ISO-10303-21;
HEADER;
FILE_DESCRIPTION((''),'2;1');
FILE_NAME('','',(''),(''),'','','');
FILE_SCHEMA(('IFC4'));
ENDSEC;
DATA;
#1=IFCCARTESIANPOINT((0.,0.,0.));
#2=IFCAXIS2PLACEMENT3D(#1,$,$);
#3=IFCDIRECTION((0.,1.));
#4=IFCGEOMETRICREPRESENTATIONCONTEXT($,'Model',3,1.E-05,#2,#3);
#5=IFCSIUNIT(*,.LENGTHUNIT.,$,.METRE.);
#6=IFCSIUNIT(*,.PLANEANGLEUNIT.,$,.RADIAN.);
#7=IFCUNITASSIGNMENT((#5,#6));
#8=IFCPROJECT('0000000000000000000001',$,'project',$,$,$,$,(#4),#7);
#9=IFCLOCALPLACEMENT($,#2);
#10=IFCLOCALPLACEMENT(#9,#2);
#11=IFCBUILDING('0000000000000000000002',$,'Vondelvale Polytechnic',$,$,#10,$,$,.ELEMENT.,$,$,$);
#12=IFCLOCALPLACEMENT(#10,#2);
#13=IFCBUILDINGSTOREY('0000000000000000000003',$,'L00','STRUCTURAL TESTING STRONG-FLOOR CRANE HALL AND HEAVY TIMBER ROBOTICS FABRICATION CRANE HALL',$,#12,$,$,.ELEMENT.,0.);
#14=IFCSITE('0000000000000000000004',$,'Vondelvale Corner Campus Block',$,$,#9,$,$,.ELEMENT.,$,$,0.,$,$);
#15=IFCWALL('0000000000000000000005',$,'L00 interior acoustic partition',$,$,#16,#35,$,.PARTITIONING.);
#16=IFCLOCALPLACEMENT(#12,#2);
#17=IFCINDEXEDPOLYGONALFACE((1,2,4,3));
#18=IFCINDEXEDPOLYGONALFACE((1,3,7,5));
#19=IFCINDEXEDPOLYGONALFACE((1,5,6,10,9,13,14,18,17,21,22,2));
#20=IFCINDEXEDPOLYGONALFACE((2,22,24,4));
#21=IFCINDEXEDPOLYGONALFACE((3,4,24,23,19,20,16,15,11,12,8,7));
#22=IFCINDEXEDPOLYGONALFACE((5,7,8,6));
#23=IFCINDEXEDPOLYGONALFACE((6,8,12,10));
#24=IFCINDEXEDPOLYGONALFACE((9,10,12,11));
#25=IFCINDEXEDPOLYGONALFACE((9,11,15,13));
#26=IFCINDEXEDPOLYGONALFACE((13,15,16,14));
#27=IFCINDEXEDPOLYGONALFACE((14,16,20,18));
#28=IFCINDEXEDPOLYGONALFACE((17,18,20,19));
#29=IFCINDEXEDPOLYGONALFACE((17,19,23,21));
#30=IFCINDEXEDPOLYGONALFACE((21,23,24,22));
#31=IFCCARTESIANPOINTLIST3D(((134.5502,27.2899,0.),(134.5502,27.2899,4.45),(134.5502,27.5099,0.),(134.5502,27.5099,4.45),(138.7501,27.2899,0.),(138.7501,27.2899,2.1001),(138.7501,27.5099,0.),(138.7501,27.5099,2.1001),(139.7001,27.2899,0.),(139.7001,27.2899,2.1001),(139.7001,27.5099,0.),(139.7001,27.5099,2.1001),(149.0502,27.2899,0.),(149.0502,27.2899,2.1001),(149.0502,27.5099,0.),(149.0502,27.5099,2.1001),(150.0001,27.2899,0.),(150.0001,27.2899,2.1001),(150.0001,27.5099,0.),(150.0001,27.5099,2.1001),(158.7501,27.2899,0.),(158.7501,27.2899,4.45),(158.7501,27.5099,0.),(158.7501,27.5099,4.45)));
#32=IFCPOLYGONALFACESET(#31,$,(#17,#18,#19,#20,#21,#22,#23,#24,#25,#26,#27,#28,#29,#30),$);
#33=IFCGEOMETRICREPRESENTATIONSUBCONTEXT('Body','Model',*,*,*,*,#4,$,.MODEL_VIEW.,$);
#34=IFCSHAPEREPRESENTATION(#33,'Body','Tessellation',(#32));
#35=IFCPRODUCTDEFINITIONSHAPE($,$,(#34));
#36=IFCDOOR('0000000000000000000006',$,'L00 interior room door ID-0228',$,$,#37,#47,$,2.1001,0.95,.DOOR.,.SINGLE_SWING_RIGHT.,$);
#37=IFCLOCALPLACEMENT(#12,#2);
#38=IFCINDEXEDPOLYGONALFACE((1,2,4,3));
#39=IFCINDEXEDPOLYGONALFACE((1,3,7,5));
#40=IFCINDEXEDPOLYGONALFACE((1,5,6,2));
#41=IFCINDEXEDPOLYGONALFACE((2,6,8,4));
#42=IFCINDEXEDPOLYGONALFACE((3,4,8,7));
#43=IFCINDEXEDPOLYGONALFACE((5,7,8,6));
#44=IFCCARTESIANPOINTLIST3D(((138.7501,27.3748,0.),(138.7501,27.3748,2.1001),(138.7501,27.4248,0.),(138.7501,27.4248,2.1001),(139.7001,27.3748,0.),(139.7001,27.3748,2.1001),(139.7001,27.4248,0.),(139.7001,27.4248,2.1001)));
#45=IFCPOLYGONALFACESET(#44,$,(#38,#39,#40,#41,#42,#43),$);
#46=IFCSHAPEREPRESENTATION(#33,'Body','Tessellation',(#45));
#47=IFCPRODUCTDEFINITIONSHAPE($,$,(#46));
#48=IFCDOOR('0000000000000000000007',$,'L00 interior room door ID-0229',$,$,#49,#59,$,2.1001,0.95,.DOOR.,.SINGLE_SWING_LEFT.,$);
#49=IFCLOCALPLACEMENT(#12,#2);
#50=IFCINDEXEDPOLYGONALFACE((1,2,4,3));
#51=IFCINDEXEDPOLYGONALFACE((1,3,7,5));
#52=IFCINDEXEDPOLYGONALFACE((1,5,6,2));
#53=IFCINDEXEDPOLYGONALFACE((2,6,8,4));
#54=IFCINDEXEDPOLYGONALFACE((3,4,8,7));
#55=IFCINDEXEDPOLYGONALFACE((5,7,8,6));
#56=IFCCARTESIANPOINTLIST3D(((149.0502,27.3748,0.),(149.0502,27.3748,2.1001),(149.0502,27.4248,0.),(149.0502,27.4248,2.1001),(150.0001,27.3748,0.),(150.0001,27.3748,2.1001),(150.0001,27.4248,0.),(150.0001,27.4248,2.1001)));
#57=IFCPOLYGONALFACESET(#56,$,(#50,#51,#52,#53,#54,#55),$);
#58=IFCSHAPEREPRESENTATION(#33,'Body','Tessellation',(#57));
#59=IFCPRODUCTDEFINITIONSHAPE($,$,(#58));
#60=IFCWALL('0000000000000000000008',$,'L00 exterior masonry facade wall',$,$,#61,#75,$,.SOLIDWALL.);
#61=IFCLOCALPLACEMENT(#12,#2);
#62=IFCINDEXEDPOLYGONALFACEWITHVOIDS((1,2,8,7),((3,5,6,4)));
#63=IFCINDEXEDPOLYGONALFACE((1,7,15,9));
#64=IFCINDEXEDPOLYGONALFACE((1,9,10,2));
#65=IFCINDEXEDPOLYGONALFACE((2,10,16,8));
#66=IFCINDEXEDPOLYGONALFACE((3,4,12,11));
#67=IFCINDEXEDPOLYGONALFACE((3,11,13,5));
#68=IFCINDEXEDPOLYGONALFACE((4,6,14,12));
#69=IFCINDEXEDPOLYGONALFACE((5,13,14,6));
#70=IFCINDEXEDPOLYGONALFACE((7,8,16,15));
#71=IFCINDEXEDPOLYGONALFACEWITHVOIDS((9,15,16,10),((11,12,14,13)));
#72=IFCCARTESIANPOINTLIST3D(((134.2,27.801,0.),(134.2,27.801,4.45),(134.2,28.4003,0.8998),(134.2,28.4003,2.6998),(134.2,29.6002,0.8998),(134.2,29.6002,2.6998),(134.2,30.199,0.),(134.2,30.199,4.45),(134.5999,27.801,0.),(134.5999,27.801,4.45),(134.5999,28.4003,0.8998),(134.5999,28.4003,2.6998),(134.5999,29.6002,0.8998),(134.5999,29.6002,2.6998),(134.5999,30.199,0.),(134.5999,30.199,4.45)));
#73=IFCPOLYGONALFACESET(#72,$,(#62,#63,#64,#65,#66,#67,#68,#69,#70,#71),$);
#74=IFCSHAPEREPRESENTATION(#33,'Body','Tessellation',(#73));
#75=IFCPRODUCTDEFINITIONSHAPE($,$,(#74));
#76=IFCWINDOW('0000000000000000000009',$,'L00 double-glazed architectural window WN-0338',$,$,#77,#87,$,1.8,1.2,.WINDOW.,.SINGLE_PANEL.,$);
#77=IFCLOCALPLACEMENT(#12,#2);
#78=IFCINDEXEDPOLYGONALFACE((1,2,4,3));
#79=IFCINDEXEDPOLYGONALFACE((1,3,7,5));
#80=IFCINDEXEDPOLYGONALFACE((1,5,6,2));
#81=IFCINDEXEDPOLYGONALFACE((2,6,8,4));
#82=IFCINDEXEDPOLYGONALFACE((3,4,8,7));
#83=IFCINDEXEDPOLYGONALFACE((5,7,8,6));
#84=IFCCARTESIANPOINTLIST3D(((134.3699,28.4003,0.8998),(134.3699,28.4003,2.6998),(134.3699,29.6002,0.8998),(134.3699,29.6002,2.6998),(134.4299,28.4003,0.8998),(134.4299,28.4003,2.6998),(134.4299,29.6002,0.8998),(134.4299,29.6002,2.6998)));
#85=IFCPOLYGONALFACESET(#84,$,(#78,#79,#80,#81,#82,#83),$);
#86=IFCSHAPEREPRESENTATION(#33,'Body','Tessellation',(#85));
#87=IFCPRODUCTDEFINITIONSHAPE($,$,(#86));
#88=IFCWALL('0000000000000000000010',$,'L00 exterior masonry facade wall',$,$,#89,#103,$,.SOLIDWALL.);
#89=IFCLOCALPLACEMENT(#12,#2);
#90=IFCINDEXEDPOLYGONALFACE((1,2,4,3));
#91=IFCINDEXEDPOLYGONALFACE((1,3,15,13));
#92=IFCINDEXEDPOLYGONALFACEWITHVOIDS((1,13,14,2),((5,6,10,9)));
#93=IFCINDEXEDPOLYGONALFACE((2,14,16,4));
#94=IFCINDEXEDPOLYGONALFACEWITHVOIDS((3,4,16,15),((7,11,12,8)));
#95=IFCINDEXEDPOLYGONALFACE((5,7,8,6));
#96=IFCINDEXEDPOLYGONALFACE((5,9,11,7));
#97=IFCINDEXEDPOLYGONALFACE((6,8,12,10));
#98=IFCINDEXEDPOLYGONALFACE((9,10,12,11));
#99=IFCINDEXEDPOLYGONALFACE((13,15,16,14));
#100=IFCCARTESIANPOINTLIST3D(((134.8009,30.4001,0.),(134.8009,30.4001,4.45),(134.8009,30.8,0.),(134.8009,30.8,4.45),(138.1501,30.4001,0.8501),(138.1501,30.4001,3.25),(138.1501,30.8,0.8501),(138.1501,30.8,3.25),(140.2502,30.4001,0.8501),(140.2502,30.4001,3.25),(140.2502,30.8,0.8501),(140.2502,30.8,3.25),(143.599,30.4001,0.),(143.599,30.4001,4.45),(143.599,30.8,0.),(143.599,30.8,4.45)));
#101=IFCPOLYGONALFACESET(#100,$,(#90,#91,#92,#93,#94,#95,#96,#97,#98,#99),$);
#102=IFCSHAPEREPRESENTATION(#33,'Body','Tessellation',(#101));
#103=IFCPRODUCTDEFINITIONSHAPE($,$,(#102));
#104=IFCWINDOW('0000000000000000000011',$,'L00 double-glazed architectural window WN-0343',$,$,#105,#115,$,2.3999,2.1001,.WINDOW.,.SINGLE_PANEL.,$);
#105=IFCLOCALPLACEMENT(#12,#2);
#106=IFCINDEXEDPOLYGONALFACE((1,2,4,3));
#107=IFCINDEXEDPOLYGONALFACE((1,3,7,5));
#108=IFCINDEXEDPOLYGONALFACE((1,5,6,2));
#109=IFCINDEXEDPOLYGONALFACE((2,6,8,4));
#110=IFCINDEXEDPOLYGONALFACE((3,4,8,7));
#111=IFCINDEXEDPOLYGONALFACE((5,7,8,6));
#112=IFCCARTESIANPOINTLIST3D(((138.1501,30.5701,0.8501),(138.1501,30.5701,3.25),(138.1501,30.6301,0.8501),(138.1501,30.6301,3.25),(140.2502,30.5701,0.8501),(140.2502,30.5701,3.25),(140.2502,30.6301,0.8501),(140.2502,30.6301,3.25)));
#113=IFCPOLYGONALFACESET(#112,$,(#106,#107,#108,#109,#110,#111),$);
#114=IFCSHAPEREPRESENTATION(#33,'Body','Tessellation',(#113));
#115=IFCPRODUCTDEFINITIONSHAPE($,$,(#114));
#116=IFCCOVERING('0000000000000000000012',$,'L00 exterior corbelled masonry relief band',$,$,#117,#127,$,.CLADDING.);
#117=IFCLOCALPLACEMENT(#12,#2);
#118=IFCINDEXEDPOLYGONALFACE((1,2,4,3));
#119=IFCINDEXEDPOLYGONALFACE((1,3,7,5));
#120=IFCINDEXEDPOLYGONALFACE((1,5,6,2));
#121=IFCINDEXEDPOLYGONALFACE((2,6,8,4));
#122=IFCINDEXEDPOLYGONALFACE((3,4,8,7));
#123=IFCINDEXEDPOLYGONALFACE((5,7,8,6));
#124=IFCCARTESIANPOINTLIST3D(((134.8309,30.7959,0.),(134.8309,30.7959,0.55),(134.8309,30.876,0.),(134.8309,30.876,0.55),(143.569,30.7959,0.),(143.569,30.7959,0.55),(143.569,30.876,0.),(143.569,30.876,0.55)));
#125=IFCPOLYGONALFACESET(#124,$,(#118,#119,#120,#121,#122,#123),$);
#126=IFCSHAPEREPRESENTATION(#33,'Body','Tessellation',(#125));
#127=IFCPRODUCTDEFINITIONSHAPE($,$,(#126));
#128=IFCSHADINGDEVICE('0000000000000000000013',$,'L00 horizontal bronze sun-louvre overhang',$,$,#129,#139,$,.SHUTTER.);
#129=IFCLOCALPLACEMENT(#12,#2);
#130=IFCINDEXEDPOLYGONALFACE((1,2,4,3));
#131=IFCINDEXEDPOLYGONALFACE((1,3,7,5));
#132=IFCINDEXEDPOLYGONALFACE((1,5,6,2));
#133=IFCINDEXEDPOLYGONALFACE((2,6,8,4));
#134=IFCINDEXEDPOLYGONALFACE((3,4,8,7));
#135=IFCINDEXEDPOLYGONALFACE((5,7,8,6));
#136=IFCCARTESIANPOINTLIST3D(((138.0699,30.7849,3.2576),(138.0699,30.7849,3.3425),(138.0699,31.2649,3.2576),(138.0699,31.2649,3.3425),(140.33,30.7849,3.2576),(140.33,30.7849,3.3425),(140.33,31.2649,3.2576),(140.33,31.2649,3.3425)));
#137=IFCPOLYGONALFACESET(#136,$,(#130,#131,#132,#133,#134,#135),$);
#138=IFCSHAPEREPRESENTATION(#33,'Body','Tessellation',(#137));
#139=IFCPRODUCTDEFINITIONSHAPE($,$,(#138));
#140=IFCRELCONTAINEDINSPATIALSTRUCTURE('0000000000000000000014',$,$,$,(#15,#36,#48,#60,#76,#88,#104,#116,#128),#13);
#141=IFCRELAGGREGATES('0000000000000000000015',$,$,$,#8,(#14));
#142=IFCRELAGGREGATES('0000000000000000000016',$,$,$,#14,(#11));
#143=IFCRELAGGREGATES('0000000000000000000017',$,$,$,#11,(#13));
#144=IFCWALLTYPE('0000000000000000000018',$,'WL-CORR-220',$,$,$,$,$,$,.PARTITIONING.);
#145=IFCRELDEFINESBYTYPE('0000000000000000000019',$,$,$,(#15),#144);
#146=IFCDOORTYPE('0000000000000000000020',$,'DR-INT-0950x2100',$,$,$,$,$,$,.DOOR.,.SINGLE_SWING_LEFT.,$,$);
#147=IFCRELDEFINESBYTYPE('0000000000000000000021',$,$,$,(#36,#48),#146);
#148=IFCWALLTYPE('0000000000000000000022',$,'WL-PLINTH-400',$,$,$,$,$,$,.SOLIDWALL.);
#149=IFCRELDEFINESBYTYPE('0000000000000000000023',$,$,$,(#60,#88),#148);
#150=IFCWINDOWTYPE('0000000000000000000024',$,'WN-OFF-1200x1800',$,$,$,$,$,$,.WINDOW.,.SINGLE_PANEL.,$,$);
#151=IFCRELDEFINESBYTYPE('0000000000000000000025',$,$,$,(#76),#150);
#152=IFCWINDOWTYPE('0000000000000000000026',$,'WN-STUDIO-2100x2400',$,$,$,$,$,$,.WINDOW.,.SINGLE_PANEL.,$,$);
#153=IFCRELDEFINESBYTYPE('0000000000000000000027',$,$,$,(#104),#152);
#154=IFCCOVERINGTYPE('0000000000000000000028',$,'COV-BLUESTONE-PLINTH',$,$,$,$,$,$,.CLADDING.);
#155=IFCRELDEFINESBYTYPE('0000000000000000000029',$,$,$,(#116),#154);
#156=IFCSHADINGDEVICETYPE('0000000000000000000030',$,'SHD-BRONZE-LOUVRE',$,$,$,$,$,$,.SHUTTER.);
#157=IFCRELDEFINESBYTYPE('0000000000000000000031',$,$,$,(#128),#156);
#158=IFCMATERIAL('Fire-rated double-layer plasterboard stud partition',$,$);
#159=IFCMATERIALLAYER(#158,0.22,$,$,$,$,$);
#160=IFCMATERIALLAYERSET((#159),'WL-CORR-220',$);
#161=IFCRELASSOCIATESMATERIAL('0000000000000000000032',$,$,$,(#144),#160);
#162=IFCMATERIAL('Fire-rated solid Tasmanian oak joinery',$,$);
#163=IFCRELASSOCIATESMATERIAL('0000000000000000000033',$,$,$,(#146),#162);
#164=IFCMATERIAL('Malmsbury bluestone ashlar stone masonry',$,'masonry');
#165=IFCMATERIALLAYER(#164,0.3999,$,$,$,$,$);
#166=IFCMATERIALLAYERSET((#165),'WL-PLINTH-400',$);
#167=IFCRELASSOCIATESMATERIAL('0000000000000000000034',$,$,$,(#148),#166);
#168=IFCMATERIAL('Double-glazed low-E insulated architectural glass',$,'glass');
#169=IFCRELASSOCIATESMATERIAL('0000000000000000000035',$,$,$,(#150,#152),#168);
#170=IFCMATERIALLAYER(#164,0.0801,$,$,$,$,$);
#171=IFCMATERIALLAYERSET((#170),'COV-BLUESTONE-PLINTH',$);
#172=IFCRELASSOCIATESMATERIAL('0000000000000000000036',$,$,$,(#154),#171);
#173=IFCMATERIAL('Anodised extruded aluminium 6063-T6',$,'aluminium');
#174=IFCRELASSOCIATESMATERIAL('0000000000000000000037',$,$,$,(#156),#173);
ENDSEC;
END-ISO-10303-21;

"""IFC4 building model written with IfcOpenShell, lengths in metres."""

from ifc_helpers import new_model, si_unit, direction, frame, frame_2d, origin, origin_2d, place, context, subcontext, project, spatial, rectangle, extrude, material, layer, layer_set, type_object, element, fill, save


model = new_model("IFC4")

# Units and contexts
model_context = context("Model", 3, precision=1e-05, world=origin(), true_north=direction((0.0, 1.0)))
body_context = subcontext(model_context, "Body", "Model", "MODEL_VIEW")
ifc_project = project(units=[si_unit("LENGTHUNIT", "METRE"), si_unit("PLANEANGLEUNIT", "RADIAN")], contexts=[model_context])

# Site, building, storey
site_placement = place(None, origin())
site = spatial("IfcSite", under=ifc_project, at=site_placement, Name="Vondelvale Corner Campus Block", CompositionType="ELEMENT", RefElevation=0.0)
building_placement = place(site_placement, origin())
building = spatial("IfcBuilding", under=site, at=building_placement, Name="Vondelvale Polytechnic", CompositionType="ELEMENT")
storey_placement = place(building_placement, origin())
storey = spatial("IfcBuildingStorey", under=building, at=storey_placement, Name="L00", Description="STRUCTURAL TESTING STRONG-FLOOR CRANE HALL AND HEAVY TIMBER ROBOTICS FABRICATION CRANE HALL", CompositionType="ELEMENT", Elevation=0.0)

# Shared definitions
ifc_material_1 = material(Name="Anodised extruded aluminium 6063-T6", Category="aluminium")

# Wall, openings, doors
ifc_material_2 = material(Name="Fire-rated double-layer plasterboard stud partition")
ifc_layer_1 = layer(ifc_material_2, 0.22)
ifc_layer_set_1 = layer_set([ifc_layer_1], Name="WL-CORR-220")
wall_type_1 = type_object("IfcWallType", Name="WL-CORR-220", PredefinedType="PARTITIONING", material=ifc_layer_set_1)
wall_1_placement = place(storey_placement, frame((134.55, 27.3999, 0.0), z_axis=(0.0, 0.0, 1.0), x_axis=(1.0, 0.0, 0.0)))
wall_1 = element("IfcWall", 1, at=wall_1_placement, inside=storey, type_object=wall_type_1, Name="L00 interior acoustic partition", PredefinedType="PARTITIONING", context=body_context, shape_type="SweptSolid", body=[
    extrude(rectangle(XDim=24.2, YDim=0.22, at=frame_2d((12.1001, 0.0))), origin(), (0.0, 0.0, 1.0), 4.45),
])
opening_1_placement = place(wall_1_placement, frame((4.2, 0.0, 0.0)))
opening_1 = element("IfcOpeningElement", 2, at=opening_1_placement, cuts=wall_1, PredefinedType="OPENING", context=body_context, shape_type="SweptSolid", body=[
    extrude(rectangle(XDim=0.95, YDim=2.1001, at=frame_2d((0.4751, 1.05))), frame((0.0, 0.1199, 0.0), z_axis=(0.0, -1.0, 0.0), x_axis=(1.0, 0.0, 0.0)), (0.0, 0.0, 1.0), 0.24),
])
opening_2_placement = place(wall_1_placement, frame((14.5, 0.0, 0.0)))
opening_2 = element("IfcOpeningElement", 3, at=opening_2_placement, cuts=wall_1, PredefinedType="OPENING", context=body_context, shape_type="SweptSolid", body=[
    extrude(rectangle(XDim=0.95, YDim=2.1001, at=frame_2d((0.4751, 1.05))), frame((0.0, 0.1199, 0.0), z_axis=(0.0, -1.0, 0.0), x_axis=(1.0, 0.0, 0.0)), (0.0, 0.0, 1.0), 0.24),
])
ifc_material_3 = material(Name="Fire-rated solid Tasmanian oak joinery")
door_type = type_object("IfcDoorType", Name="DR-INT-0950x2100", OperationType="SINGLE_SWING_LEFT", PredefinedType="DOOR", material=ifc_material_3)
door_1_placement = place(opening_1_placement, origin())
door_1 = element("IfcDoor", 4, at=door_1_placement, inside=storey, type_object=door_type, Name="L00 interior room door ID-0228", OperationType="SINGLE_SWING_RIGHT", OverallHeight=2.1001, OverallWidth=0.95, PredefinedType="DOOR", context=body_context, shape_type="SweptSolid", body=[
    extrude(rectangle(XDim=0.95, YDim=2.1001, at=frame_2d((0.4751, 1.05))), frame((0.0, 0.0249, 0.0), z_axis=(0.0, -1.0, 0.0), x_axis=(1.0, 0.0, 0.0)), (0.0, 0.0, 1.0), 0.05),
])
fill(opening_1, door_1)
door_2_placement = place(opening_2_placement, origin())
door_2 = element("IfcDoor", 5, at=door_2_placement, inside=storey, type_object=door_type, Name="L00 interior room door ID-0229", OperationType="SINGLE_SWING_LEFT", OverallHeight=2.1001, OverallWidth=0.95, PredefinedType="DOOR", context=body_context, shape_type="SweptSolid", body=[
    extrude(rectangle(XDim=0.95, YDim=2.1001, at=frame_2d((0.4751, 1.05))), frame((0.0, 0.0249, 0.0), z_axis=(0.0, -1.0, 0.0), x_axis=(1.0, 0.0, 0.0)), (0.0, 0.0, 1.0), 0.05),
])
fill(opening_2, door_2)

# Walls, openings, windows
ifc_material_4 = material(Name="Malmsbury bluestone ashlar stone masonry", Category="masonry")
ifc_layer_2 = layer(ifc_material_4, 0.3999)
ifc_layer_set_2 = layer_set([ifc_layer_2], Name="WL-PLINTH-400")
wall_type_2 = type_object("IfcWallType", Name="WL-PLINTH-400", PredefinedType="SOLIDWALL", material=ifc_layer_set_2)
wall_2_placement = place(storey_placement, frame((134.3999, 27.801, 0.0), z_axis=(0.0, 0.0, 1.0), x_axis=(0.0, 1.0, 0.0)))
wall_2 = element("IfcWall", 6, at=wall_2_placement, inside=storey, type_object=wall_type_2, Name="L00 exterior masonry facade wall", PredefinedType="SOLIDWALL", context=body_context, shape_type="SweptSolid", body=[
    extrude(rectangle(XDim=2.3979, YDim=0.3999, at=frame_2d((1.199, 0.0))), origin(), (0.0, 0.0, 1.0), 4.45),
])
opening_3_placement = place(wall_2_placement, frame((0.5991, 0.0, 0.8999)))
opening_3 = element("IfcOpeningElement", 7, at=opening_3_placement, cuts=wall_2, PredefinedType="OPENING", context=body_context, shape_type="SweptSolid", body=[
    extrude(rectangle(XDim=1.2, YDim=1.8, at=frame_2d((0.6001, 0.8999))), frame((0.0, 0.21, 0.0), z_axis=(0.0, -1.0, 0.0), x_axis=(1.0, 0.0, 0.0)), (0.0, 0.0, 1.0), 0.4199),
])
ifc_material_5 = material(Name="Double-glazed low-E insulated architectural glass", Category="glass")
window_type_1 = type_object("IfcWindowType", Name="WN-OFF-1200x1800", PartitioningType="SINGLE_PANEL", PredefinedType="WINDOW", material=ifc_material_5)
window_1_placement = place(opening_3_placement, origin())
window_1 = element("IfcWindow", 8, at=window_1_placement, inside=storey, type_object=window_type_1, Name="L00 double-glazed architectural window WN-0338", OverallHeight=1.8, OverallWidth=1.2, PartitioningType="SINGLE_PANEL", PredefinedType="WINDOW", context=body_context, shape_type="SweptSolid", body=[
    extrude(rectangle(XDim=1.2, YDim=1.8, at=frame_2d((0.6001, 0.8999))), frame((0.0, 0.03, 0.0), z_axis=(0.0, -1.0, 0.0), x_axis=(1.0, 0.0, 0.0)), (0.0, 0.0, 1.0), 0.0601),
])
fill(opening_3, window_1)
wall_3_placement = place(storey_placement, frame((134.801, 30.6001, 0.0), z_axis=(0.0, 0.0, 1.0), x_axis=(1.0, 0.0, 0.0)))
wall_3 = element("IfcWall", 9, at=wall_3_placement, inside=storey, type_object=wall_type_2, Name="L00 exterior masonry facade wall", PredefinedType="SOLIDWALL", context=body_context, shape_type="SweptSolid", body=[
    extrude(rectangle(XDim=8.7981, YDim=0.3999, at=frame_2d((4.3989, 0.0))), origin(), (0.0, 0.0, 1.0), 4.45),
])
opening_4_placement = place(wall_3_placement, frame((3.3491, 0.0, 0.8501)))
opening_4 = element("IfcOpeningElement", 10, at=opening_4_placement, cuts=wall_3, PredefinedType="OPENING", context=body_context, shape_type="SweptSolid", body=[
    extrude(rectangle(XDim=2.1001, YDim=2.3999, at=frame_2d((1.05, 1.2))), frame((0.0, 0.21, 0.0), z_axis=(0.0, -1.0, 0.0), x_axis=(1.0, 0.0, 0.0)), (0.0, 0.0, 1.0), 0.4199),
])
window_type_2 = type_object("IfcWindowType", Name="WN-STUDIO-2100x2400", PartitioningType="SINGLE_PANEL", PredefinedType="WINDOW", material=ifc_material_5)
window_2_placement = place(opening_4_placement, origin())
window_2 = element("IfcWindow", 11, at=window_2_placement, inside=storey, type_object=window_type_2, Name="L00 double-glazed architectural window WN-0343", OverallHeight=2.3999, OverallWidth=2.1001, PartitioningType="SINGLE_PANEL", PredefinedType="WINDOW", context=body_context, shape_type="SweptSolid", body=[
    extrude(rectangle(XDim=2.1001, YDim=2.3999, at=frame_2d((1.05, 1.2))), frame((0.0, 0.03, 0.0), z_axis=(0.0, -1.0, 0.0), x_axis=(1.0, 0.0, 0.0)), (0.0, 0.0, 1.0), 0.0601),
])
fill(opening_4, window_2)

# Covering
ifc_layer_3 = layer(ifc_material_4, 0.0801)
ifc_layer_set_3 = layer_set([ifc_layer_3], Name="COV-BLUESTONE-PLINTH")
covering_type = type_object("IfcCoveringType", Name="COV-BLUESTONE-PLINTH", PredefinedType="CLADDING", material=ifc_layer_set_3)
covering_placement = place(storey_placement, frame((139.2, 30.8359, 0.0), z_axis=(0.0, 0.0, 1.0), x_axis=(1.0, 0.0, 0.0)))
element("IfcCovering", 12, at=covering_placement, inside=storey, type_object=covering_type, Name="L00 exterior corbelled masonry relief band", PredefinedType="CLADDING", context=body_context, shape_type="SweptSolid", body=[
    extrude(rectangle(XDim=8.738, YDim=0.0801, at=origin_2d()), origin(), (0.0, 0.0, 1.0), 0.55),
])

# Shading device
shading_device_type = type_object("IfcShadingDeviceType", Name="SHD-BRONZE-LOUVRE", PredefinedType="SHUTTER", material=ifc_material_1)
shading_device_placement = place(storey_placement, frame((139.2, 31.0249, 3.2576), z_axis=(0.0, 0.0, 1.0), x_axis=(1.0, 0.0, 0.0)))
element("IfcShadingDevice", 13, at=shading_device_placement, inside=storey, type_object=shading_device_type, Name="L00 horizontal bronze sun-louvre overhang", PredefinedType="SHUTTER", context=body_context, shape_type="SweptSolid", body=[
    extrude(rectangle(XDim=2.26, YDim=0.48, at=origin_2d()), origin(), (0.0, 0.0, 1.0), 0.085),
])

save(model, "model.ifc")
